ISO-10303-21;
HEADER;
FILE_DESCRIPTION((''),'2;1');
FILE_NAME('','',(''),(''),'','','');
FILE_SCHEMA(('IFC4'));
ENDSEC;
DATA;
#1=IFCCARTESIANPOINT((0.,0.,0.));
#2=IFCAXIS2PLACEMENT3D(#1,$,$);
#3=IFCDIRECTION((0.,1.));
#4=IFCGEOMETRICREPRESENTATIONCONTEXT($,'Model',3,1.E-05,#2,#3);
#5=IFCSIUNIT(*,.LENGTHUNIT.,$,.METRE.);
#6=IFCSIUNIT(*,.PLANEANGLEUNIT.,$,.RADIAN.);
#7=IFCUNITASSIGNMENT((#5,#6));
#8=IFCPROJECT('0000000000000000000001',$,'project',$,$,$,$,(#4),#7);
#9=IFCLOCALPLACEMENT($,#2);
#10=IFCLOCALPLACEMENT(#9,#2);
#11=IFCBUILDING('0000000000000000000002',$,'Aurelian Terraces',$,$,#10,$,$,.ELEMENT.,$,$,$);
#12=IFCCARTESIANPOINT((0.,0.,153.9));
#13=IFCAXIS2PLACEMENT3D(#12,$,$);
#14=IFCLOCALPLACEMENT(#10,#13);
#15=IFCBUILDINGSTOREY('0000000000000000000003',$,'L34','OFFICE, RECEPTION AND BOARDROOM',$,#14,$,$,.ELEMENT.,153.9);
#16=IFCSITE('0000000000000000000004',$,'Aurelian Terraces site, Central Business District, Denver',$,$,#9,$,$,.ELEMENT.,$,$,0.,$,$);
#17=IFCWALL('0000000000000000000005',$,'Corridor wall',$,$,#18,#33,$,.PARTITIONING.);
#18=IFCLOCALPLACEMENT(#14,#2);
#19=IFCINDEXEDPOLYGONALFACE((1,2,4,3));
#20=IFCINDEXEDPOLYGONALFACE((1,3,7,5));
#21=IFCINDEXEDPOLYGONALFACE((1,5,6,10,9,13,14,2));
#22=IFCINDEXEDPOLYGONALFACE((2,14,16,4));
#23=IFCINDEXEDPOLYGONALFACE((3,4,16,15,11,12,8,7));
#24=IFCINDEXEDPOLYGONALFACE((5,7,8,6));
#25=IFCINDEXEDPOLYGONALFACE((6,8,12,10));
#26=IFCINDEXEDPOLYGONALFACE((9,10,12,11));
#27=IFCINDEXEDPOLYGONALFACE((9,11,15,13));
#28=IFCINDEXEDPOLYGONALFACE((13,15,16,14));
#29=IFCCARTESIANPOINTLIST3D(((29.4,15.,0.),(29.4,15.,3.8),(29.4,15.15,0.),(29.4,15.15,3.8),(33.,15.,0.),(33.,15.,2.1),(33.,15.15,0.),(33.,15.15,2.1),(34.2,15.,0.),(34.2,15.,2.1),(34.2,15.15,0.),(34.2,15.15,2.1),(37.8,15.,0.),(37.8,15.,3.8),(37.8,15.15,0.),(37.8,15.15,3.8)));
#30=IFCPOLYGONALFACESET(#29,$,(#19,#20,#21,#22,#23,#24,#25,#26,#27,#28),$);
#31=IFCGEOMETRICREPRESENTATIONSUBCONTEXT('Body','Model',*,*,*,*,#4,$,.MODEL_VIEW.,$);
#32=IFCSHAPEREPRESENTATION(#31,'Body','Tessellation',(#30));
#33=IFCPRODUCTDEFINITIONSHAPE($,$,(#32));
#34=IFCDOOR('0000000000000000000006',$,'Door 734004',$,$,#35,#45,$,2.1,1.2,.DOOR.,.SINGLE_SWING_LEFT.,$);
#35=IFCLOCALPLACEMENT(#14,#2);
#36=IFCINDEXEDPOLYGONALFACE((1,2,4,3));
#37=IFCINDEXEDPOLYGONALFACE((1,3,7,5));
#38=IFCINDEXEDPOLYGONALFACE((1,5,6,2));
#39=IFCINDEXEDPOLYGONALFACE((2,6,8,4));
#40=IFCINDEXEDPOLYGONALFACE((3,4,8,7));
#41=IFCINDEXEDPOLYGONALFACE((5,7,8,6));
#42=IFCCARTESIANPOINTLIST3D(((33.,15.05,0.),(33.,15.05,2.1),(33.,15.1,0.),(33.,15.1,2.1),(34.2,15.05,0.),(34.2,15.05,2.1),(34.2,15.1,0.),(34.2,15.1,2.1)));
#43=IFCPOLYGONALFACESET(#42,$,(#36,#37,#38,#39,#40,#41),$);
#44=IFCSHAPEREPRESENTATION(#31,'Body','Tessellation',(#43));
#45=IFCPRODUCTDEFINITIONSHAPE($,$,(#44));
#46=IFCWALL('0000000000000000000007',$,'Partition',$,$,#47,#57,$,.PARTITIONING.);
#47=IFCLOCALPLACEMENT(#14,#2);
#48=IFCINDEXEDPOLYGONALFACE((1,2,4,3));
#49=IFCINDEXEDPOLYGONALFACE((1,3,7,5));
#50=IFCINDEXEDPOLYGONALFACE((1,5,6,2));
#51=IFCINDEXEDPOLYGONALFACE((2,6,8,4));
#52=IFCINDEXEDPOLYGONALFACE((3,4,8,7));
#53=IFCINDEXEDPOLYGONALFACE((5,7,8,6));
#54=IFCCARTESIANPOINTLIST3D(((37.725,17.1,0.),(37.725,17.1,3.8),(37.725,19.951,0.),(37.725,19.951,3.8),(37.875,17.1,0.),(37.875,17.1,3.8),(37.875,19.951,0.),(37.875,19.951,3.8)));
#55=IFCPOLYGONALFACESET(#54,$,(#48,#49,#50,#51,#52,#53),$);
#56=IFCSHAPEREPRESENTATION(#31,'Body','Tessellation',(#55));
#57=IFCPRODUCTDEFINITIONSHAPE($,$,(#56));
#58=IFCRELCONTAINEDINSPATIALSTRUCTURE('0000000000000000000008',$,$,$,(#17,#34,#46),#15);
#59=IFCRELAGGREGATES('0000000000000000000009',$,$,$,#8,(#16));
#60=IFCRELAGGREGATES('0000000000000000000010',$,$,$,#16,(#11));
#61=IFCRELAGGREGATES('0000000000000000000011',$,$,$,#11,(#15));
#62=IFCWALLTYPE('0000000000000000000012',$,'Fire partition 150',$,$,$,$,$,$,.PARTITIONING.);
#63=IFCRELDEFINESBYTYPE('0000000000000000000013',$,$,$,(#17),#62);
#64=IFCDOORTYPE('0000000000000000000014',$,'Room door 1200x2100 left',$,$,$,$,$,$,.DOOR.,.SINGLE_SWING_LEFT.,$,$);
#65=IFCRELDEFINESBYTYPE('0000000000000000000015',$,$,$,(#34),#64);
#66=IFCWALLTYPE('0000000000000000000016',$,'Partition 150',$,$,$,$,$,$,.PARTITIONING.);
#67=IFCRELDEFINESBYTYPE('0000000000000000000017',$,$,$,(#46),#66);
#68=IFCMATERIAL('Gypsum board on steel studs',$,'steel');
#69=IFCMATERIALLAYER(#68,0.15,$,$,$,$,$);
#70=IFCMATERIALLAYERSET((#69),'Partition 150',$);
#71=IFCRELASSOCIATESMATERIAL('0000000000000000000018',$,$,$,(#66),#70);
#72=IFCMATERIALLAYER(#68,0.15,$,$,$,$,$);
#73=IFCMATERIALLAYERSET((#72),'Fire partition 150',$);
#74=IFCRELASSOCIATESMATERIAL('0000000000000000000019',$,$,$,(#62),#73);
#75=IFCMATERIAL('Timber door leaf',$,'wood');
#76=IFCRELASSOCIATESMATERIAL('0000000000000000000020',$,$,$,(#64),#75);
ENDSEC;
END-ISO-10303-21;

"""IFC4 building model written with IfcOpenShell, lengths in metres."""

from ifc_helpers import new_model, si_unit, direction, frame, frame_2d, origin, place, context, subcontext, project, spatial, rectangle, extrude, source, transform, mapped, material, layer, layer_set, type_object, element, fill, save


model = new_model("IFC4")

# Units and contexts
model_context = context("Model", 3, precision=1e-05, world=origin(), true_north=direction((0.0, 1.0)))
body_context = subcontext(model_context, "Body", "Model", "MODEL_VIEW")
ifc_project = project(units=[si_unit("LENGTHUNIT", "METRE"), si_unit("PLANEANGLEUNIT", "RADIAN")], contexts=[model_context])

# Site, building, storey
site_placement = place(None, origin())
site = spatial("IfcSite", under=ifc_project, at=site_placement, Name="Aurelian Terraces site, Central Business District, Denver", CompositionType="ELEMENT", RefElevation=0.0)
building_placement = place(site_placement, origin())
building = spatial("IfcBuilding", under=site, at=building_placement, Name="Aurelian Terraces", CompositionType="ELEMENT")
storey_placement = place(building_placement, frame((0.0, 0.0, 153.9)))
storey = spatial("IfcBuildingStorey", under=building, at=storey_placement, Name="L34", Description="OFFICE, RECEPTION AND BOARDROOM", CompositionType="ELEMENT", Elevation=153.9)

# Shared definitions
ifc_material_1 = material(Name="Timber door leaf", Category="wood")

# Shared definitions
ifc_material_2 = material(Name="Gypsum board on steel studs", Category="steel")
ifc_layer_1 = layer(ifc_material_2, 0.15)
ifc_layer_set_1 = layer_set([ifc_layer_1], Name="Partition 150")
wall_type_1 = type_object("IfcWallType", Name="Partition 150", PredefinedType="PARTITIONING", material=ifc_layer_set_1)

# Wall, opening, door
ifc_layer_2 = layer(ifc_material_2, 0.15)
ifc_layer_set_2 = layer_set([ifc_layer_2], Name="Fire partition 150")
wall_type_2 = type_object("IfcWallType", Name="Fire partition 150", PredefinedType="PARTITIONING", material=ifc_layer_set_2)
shared_shape_1 = source(origin(), body_context, "Body", "SweptSolid", [
    extrude(rectangle(XDim=8.4, YDim=0.15, at=frame_2d((4.2, 0.0))), origin(), (0.0, 0.0, 1.0), 3.8),
])
wall_1_placement = place(storey_placement, frame((37.8, 15.075, 0.0), z_axis=(0.0, 0.0, 1.0), x_axis=(-1.0, 0.0, 0.0)))
wall_1 = element("IfcWall", 1, at=wall_1_placement, inside=storey, type_object=wall_type_2, Name="Corridor wall", PredefinedType="PARTITIONING", context=body_context, shape_type="MappedRepresentation", body=[
    mapped(shared_shape_1, transform((0.0, 0.0, 0.0), scale=1.0)),
])
shared_shape_2 = source(origin(), body_context, "Body", "SweptSolid", [
    extrude(rectangle(XDim=1.2, YDim=2.1, at=frame_2d((0.6, 1.05))), frame((0.0, 0.085, 0.0), z_axis=(0.0, -1.0, 0.0), x_axis=(1.0, 0.0, 0.0)), (0.0, 0.0, 1.0), 0.17),
])
opening_1_placement = place(wall_1_placement, frame((3.6, 0.0, 0.0)))
opening_1 = element("IfcOpeningElement", 2, at=opening_1_placement, cuts=wall_1, PredefinedType="OPENING", context=body_context, shape_type="MappedRepresentation", body=[
    mapped(shared_shape_2, transform((0.0, 0.0, 0.0), scale=1.0)),
])
door_type_1 = type_object("IfcDoorType", Name="Room door 1200x2100 left", OperationType="SINGLE_SWING_LEFT", PredefinedType="DOOR", material=ifc_material_1)
shared_shape_3 = source(origin(), body_context, "Body", "SweptSolid", [
    extrude(rectangle(XDim=1.2, YDim=2.1, at=frame_2d((0.6, 1.05))), frame((0.0, 0.025, 0.0), z_axis=(0.0, -1.0, 0.0), x_axis=(1.0, 0.0, 0.0)), (0.0, 0.0, 1.0), 0.05),
])
door_1_placement = place(opening_1_placement, origin())
door_1 = element("IfcDoor", 3, at=door_1_placement, inside=storey, type_object=door_type_1, Name="Door 734004", OperationType="SINGLE_SWING_LEFT", OverallHeight=2.1, OverallWidth=1.2, PredefinedType="DOOR", context=body_context, shape_type="MappedRepresentation", body=[
    mapped(shared_shape_3, transform((0.0, 0.0, 0.0), scale=1.0)),
])
fill(opening_1, door_1)

# Wall
shared_shape_4 = source(origin(), body_context, "Body", "SweptSolid", [
    extrude(rectangle(XDim=2.851, YDim=0.15, at=frame_2d((1.4255, 0.0))), origin(), (0.0, 0.0, 1.0), 3.8),
])
wall_2_placement = place(storey_placement, frame((37.8, 17.1, 0.0), z_axis=(0.0, 0.0, 1.0), x_axis=(0.0, 1.0, 0.0)))
element("IfcWall", 4, at=wall_2_placement, inside=storey, type_object=wall_type_1, Name="Partition", PredefinedType="PARTITIONING", context=body_context, shape_type="MappedRepresentation", body=[
    mapped(shared_shape_4, transform((0.0, 0.0, 0.0), scale=1.0)),
])

save(model, "model.ifc")
